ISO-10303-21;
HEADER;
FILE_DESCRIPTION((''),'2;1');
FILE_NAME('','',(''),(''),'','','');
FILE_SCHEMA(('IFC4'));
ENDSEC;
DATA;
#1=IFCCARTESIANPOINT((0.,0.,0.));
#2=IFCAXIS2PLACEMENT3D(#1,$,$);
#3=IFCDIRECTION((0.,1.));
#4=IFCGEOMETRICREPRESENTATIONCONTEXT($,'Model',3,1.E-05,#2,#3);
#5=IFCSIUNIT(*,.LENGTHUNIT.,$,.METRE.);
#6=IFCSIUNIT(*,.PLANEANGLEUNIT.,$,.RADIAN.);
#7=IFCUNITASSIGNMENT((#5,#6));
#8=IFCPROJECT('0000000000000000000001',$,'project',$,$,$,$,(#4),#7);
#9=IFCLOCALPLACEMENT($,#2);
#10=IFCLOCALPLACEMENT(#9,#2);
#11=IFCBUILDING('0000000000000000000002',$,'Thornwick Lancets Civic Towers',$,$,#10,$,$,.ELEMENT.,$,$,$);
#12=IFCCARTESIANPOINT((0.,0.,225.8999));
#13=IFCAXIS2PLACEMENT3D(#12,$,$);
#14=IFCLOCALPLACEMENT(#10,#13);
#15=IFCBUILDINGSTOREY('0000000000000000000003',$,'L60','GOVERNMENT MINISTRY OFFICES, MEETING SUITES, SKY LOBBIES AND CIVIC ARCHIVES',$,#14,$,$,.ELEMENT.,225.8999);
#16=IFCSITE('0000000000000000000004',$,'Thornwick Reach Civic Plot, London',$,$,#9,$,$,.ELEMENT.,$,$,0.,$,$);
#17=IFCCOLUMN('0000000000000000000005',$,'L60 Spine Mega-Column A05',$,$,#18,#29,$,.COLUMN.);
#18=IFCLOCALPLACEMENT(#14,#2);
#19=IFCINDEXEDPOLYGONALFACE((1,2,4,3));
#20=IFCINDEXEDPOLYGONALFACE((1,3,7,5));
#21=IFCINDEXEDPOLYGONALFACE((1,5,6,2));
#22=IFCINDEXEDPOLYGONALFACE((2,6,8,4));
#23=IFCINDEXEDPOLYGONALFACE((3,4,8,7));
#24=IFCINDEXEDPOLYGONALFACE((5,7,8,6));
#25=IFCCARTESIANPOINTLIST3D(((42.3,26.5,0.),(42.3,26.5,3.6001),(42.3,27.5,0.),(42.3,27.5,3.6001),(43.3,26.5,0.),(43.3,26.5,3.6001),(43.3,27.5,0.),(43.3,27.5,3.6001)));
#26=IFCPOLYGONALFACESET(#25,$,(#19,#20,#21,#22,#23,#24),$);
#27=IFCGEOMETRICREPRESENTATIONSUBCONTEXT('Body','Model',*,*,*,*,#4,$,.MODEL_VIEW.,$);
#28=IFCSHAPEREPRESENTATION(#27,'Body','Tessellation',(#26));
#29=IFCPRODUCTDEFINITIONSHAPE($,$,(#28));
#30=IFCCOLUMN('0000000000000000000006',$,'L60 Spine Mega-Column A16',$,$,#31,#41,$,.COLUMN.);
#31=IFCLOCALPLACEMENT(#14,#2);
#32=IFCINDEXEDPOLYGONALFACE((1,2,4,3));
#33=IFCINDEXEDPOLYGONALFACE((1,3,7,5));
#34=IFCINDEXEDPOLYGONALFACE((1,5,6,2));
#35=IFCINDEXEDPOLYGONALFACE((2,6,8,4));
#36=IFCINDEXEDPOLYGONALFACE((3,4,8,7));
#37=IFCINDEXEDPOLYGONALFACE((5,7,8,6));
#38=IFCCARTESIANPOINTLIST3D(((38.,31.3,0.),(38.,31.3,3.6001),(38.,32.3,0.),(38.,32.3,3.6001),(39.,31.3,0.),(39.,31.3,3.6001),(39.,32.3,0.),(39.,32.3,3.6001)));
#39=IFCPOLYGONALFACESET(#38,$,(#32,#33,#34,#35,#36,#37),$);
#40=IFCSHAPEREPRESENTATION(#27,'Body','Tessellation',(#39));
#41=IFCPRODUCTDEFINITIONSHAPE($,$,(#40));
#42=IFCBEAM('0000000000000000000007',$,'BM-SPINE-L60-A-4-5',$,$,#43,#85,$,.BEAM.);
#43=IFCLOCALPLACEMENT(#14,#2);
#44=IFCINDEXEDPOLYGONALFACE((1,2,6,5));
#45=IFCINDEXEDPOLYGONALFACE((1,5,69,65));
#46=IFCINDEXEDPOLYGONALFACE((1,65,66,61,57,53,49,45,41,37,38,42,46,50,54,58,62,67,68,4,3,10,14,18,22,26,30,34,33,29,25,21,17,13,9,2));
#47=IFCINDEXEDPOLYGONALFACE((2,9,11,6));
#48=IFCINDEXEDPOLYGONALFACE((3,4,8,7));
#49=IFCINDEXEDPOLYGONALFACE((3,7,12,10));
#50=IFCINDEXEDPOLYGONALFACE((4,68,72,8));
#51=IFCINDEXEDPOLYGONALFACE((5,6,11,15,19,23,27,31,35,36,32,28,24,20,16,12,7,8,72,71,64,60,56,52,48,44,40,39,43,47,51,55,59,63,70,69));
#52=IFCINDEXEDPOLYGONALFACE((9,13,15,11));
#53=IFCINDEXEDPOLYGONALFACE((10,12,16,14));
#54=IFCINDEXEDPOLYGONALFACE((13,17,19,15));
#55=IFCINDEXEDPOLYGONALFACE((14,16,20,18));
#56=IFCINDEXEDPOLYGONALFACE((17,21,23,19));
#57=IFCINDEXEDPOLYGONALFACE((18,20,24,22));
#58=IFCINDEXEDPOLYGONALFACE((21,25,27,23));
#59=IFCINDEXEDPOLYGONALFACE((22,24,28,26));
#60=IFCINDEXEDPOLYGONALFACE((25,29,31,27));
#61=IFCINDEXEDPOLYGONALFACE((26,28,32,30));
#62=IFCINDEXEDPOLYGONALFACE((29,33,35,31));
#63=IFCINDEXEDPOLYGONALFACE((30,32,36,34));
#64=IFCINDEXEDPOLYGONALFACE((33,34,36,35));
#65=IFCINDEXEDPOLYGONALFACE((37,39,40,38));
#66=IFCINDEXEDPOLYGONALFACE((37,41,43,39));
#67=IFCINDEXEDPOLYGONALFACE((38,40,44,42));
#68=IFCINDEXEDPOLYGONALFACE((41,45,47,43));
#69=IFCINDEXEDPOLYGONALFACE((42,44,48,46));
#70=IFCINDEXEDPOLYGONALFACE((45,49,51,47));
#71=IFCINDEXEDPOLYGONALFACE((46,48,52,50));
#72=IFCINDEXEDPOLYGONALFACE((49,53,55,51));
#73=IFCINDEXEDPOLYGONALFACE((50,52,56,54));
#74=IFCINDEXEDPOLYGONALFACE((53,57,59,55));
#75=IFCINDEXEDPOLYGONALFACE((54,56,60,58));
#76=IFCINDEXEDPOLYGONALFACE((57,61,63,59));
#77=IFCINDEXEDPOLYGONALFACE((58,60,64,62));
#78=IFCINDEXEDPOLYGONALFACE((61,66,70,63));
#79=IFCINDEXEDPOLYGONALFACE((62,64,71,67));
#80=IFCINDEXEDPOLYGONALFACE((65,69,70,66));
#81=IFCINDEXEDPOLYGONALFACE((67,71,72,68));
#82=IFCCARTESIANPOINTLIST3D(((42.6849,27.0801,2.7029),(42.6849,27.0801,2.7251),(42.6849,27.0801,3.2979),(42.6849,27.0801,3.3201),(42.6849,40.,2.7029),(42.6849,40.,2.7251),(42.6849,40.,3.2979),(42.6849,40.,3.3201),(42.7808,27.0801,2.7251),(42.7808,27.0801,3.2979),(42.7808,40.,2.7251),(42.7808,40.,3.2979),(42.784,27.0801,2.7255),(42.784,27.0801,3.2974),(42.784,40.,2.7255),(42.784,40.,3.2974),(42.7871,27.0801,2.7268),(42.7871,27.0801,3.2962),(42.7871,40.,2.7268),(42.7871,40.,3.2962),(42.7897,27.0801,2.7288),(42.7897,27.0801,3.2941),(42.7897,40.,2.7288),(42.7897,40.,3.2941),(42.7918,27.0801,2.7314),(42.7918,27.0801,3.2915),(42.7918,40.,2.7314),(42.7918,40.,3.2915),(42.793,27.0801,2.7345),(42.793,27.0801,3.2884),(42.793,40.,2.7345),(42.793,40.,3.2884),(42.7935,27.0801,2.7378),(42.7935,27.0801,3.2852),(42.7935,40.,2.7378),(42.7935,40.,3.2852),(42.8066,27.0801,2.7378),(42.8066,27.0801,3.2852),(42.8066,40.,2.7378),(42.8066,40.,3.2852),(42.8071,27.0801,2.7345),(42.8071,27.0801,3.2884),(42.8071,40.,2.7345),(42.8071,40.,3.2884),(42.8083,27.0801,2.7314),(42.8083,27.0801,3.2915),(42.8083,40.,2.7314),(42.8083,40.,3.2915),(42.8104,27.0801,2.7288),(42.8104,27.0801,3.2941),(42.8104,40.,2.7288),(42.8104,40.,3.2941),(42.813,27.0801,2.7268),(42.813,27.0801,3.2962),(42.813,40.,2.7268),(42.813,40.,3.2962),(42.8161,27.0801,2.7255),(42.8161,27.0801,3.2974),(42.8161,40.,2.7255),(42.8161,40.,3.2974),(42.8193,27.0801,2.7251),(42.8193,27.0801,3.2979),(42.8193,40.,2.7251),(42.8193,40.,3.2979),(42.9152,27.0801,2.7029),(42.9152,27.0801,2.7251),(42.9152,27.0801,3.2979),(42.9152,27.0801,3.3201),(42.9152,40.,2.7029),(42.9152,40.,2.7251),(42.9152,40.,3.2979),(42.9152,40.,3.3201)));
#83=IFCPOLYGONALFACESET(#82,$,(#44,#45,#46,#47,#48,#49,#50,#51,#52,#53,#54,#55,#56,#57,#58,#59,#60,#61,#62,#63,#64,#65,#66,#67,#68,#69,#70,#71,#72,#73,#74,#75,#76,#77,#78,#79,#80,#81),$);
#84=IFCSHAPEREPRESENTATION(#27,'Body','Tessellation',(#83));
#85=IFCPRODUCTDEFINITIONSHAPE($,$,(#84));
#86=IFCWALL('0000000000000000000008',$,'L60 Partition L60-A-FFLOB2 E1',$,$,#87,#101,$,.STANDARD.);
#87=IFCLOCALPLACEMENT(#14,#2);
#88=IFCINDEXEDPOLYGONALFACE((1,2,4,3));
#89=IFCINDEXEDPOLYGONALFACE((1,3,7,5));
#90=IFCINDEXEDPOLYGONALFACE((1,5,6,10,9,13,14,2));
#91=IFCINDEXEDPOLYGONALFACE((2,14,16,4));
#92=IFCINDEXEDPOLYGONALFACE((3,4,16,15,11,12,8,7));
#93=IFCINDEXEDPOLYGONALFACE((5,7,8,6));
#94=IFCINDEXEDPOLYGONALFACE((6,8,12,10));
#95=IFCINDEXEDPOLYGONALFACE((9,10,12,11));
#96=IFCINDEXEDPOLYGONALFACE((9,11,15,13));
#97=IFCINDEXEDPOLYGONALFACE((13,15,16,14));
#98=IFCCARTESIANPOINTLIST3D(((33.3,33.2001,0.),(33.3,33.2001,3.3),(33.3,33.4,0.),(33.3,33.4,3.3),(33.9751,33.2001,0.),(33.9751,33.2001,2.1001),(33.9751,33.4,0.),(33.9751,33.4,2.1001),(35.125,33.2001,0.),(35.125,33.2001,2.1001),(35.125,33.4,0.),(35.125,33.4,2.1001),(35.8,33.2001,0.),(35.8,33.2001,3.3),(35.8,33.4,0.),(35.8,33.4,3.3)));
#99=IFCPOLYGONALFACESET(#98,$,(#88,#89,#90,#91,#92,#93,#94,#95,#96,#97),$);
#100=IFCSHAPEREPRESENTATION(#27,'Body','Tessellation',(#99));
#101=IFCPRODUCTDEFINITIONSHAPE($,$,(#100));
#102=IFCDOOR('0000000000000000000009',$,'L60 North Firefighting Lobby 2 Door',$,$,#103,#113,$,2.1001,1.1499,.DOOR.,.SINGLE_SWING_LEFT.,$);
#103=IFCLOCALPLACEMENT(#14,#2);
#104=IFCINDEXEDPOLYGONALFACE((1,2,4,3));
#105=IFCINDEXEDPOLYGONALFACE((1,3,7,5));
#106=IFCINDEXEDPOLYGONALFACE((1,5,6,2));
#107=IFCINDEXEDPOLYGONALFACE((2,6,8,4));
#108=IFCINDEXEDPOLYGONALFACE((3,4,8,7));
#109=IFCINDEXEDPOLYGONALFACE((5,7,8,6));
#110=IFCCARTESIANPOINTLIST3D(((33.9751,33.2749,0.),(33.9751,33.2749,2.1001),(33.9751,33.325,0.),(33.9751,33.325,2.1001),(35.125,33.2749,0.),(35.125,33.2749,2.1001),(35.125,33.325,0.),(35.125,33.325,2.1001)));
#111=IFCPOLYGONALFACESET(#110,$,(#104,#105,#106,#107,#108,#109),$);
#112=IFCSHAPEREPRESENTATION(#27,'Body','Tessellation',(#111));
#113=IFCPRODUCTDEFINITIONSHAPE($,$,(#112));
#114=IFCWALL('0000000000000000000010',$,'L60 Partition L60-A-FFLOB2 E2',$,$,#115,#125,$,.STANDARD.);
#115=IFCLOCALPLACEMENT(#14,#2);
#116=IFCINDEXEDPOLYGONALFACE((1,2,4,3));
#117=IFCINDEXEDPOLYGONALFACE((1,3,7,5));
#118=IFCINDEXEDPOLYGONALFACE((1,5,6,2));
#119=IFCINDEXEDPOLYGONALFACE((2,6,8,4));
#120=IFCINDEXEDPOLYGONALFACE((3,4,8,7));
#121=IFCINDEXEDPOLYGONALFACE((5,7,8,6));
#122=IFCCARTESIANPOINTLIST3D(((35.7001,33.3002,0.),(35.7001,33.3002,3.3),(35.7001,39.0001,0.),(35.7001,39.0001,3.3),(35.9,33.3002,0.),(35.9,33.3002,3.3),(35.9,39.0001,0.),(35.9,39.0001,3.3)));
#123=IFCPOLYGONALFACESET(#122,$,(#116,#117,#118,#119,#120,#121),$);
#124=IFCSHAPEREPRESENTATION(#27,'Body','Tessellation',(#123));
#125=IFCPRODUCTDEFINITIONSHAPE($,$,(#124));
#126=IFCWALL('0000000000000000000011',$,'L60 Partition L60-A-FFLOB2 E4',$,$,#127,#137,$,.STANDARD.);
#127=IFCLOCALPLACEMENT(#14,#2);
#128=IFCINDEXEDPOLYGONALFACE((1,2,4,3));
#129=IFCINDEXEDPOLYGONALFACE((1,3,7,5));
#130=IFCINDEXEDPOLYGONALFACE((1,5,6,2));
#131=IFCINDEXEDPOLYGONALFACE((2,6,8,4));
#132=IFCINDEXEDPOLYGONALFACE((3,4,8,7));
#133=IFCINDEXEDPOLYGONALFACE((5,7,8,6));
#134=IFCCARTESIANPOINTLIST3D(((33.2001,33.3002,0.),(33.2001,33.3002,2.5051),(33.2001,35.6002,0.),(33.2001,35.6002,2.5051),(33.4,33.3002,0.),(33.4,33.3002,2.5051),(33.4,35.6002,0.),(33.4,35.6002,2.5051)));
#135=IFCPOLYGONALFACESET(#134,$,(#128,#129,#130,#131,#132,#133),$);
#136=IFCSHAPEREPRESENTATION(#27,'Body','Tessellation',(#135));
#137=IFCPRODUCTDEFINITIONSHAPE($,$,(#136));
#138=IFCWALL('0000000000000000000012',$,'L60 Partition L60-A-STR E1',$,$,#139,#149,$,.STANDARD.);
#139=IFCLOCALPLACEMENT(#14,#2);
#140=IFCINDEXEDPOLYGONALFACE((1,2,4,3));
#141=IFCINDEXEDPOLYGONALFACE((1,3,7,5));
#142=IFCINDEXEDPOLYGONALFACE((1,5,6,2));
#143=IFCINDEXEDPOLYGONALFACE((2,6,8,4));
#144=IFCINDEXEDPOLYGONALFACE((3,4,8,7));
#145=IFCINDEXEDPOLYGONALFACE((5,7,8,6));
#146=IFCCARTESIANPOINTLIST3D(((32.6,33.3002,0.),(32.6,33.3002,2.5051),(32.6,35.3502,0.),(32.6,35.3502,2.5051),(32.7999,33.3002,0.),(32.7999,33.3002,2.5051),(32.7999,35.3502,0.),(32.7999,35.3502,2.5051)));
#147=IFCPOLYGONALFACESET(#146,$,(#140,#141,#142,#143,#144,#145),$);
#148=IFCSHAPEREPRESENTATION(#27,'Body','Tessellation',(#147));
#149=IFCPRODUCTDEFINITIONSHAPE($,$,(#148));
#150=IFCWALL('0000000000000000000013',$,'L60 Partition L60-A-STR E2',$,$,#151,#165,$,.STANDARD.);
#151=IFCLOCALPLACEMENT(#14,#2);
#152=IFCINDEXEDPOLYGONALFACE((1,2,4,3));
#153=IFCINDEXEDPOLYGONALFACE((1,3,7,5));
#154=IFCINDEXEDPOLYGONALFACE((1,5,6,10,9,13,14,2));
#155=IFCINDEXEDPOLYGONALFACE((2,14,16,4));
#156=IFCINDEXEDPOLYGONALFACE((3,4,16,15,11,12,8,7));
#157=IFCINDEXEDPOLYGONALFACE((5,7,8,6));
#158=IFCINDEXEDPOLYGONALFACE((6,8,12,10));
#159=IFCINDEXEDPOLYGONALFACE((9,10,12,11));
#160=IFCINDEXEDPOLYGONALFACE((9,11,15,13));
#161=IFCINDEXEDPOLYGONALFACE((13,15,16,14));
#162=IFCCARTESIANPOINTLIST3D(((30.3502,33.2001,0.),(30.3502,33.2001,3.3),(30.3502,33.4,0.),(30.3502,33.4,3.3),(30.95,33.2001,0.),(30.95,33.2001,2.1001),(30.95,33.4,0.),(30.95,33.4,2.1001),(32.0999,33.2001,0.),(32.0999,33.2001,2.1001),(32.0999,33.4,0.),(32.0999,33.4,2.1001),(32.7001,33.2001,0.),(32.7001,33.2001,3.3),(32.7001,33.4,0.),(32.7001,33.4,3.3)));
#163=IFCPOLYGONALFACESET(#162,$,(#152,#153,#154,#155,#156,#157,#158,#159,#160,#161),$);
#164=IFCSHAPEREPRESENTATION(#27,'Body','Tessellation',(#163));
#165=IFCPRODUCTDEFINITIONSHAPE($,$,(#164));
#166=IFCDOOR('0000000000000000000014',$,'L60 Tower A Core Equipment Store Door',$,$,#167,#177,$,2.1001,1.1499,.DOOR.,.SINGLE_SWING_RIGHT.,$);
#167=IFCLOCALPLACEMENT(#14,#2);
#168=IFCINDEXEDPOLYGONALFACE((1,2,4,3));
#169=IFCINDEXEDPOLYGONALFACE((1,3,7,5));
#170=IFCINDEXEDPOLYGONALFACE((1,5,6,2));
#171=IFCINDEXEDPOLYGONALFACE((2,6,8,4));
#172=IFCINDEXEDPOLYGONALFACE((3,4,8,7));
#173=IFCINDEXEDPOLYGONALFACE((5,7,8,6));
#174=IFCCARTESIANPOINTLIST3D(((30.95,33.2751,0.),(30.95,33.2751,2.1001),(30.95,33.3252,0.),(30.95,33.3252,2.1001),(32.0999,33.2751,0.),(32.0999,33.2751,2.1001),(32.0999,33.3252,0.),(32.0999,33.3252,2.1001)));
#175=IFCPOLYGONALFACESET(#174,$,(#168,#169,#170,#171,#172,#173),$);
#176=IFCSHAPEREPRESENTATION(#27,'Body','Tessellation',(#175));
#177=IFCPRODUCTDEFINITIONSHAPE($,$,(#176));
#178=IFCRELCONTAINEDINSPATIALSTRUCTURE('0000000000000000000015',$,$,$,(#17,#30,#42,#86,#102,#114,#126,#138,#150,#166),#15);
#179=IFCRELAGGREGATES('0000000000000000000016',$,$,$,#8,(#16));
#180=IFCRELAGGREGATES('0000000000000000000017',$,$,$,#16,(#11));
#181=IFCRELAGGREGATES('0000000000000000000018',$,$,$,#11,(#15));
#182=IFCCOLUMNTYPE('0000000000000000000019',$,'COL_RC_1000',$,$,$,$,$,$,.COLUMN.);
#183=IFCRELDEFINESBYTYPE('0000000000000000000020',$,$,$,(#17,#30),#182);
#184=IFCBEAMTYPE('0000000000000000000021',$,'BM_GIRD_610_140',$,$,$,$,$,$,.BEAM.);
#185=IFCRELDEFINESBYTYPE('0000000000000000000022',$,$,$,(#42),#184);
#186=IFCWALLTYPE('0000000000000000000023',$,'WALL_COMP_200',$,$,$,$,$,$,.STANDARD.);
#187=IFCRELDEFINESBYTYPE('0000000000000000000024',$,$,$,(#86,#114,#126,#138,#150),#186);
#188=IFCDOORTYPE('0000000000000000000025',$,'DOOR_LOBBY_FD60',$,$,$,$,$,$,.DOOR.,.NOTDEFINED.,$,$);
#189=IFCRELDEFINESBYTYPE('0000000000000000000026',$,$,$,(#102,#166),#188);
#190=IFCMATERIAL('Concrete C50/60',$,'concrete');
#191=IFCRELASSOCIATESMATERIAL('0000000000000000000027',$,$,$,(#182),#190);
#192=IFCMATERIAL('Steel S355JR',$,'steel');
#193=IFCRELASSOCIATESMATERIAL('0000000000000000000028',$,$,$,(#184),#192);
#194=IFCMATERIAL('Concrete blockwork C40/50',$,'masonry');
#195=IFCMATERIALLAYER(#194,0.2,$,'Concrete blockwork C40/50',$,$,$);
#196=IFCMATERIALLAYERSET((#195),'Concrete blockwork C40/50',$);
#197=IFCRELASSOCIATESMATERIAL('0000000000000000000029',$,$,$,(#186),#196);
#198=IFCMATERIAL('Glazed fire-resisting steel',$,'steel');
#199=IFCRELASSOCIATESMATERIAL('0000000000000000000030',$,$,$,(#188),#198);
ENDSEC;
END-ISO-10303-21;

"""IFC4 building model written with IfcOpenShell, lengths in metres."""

from ifc_helpers import new_model, si_unit, direction, frame, frame_2d, origin, origin_2d, place, context, subcontext, project, spatial, rectangle, i_section, extrude, material, layer, layer_set, material_profile, profile_set, type_object, element, fill, save


model = new_model("IFC4")

# Units and contexts
model_context = context("Model", 3, precision=1e-05, world=origin(), true_north=direction((0.0, 1.0)))
body_context = subcontext(model_context, "Body", "Model", "MODEL_VIEW")
ifc_project = project(units=[si_unit("LENGTHUNIT", "METRE"), si_unit("PLANEANGLEUNIT", "RADIAN")], contexts=[model_context])

# Site, building, storey
site_placement = place(None, origin())
site = spatial("IfcSite", under=ifc_project, at=site_placement, Name="Thornwick Reach Civic Plot, London", CompositionType="ELEMENT", RefElevation=0.0)
building_placement = place(site_placement, origin())
building = spatial("IfcBuilding", under=site, at=building_placement, Name="Thornwick Lancets Civic Towers", CompositionType="ELEMENT")
storey_placement = place(building_placement, frame((0.0, 0.0, 225.8999)))
storey = spatial("IfcBuildingStorey", under=building, at=storey_placement, Name="L60", Description="GOVERNMENT MINISTRY OFFICES, MEETING SUITES, SKY LOBBIES AND CIVIC ARCHIVES", CompositionType="ELEMENT", Elevation=225.8999)

# Columns
ifc_material_1 = material(Name="Concrete C50/60", Category="concrete")
ifc_material_profile_1 = material_profile(ifc_material_1, rectangle(XDim=1.0, YDim=1.0, at=origin_2d()), Name="RC 1000x1000")
ifc_profile_set_1 = profile_set([ifc_material_profile_1], Name="Concrete C50/60")
column_type = type_object("IfcColumnType", Name="COL_RC_1000", PredefinedType="COLUMN", material=ifc_profile_set_1)
for number, where, z_axis, x_axis, name in (
    (1, (42.8, 27.0, 0.0), (0.0, 0.0, 1.0), (1.0, 0.0, 0.0), "L60 Spine Mega-Column A05"),
    (2, (38.5, 31.8, 0.0), (0.0, 0.0, 1.0), (1.0, 0.0, 0.0), "L60 Spine Mega-Column A16"),
):
    element("IfcColumn", number, at=place(storey_placement, frame(where, z_axis=z_axis, x_axis=x_axis)), inside=storey, type_object=column_type, Name=name, PredefinedType="COLUMN", context=body_context, shape_type="SweptSolid", body=[
        extrude(rectangle(XDim=1.0, YDim=1.0, at=origin_2d()), origin(), (0.0, 0.0, 1.0), 3.6001),
    ])

# Beam
ifc_material_2 = material(Name="Steel S355JR", Category="steel")
ifc_material_profile_2 = material_profile(ifc_material_2, i_section(OverallWidth=0.2302, OverallDepth=0.6172, WebThickness=0.0132, FlangeThickness=0.0222, FilletRadius=0.0127, at=origin_2d()), Name="UKB 610x229x140")
ifc_profile_set_2 = profile_set([ifc_material_profile_2], Name="Steel S355JR")
beam_type = type_object("IfcBeamType", Name="BM_GIRD_610_140", PredefinedType="BEAM", material=ifc_profile_set_2)
beam_placement = place(storey_placement, frame((42.8, 27.0801, 3.0115), z_axis=(0.0, 1.0, 0.0), x_axis=(-1.0, 0.0, 0.0)))
element("IfcBeam", 3, at=beam_placement, inside=storey, type_object=beam_type, Name="BM-SPINE-L60-A-4-5", PredefinedType="BEAM", context=body_context, shape_type="SweptSolid", body=[
    extrude(i_section(OverallWidth=0.2302, OverallDepth=0.6172, WebThickness=0.0132, FlangeThickness=0.0222, FilletRadius=0.0127, at=origin_2d()), origin(), (0.0, 0.0, 1.0), 12.9199),
])

# Wall, opening, door
ifc_material_3 = material(Name="Concrete blockwork C40/50", Category="masonry")
ifc_layer_1 = layer(ifc_material_3, 0.2, Name="Concrete blockwork C40/50")
ifc_layer_set_1 = layer_set([ifc_layer_1], Name="Concrete blockwork C40/50")
wall_type_1 = type_object("IfcWallType", Name="WALL_COMP_200", PredefinedType="STANDARD", material=ifc_layer_set_1)
wall_1_placement = place(storey_placement, frame((33.3, 33.3, 0.0), z_axis=(0.0, 0.0, 1.0), x_axis=(1.0, 0.0, 0.0)))
wall_1 = element("IfcWall", 4, at=wall_1_placement, inside=storey, type_object=wall_type_1, Name="L60 Partition L60-A-FFLOB2 E1", PredefinedType="STANDARD", context=body_context, shape_type="SweptSolid", body=[
    extrude(rectangle(XDim=2.5, YDim=0.2, at=frame_2d((1.25, 0.0))), origin(), (0.0, 0.0, 1.0), 3.3),
])
opening_1_placement = place(wall_1_placement, frame((0.675, 0.0, 0.0)))
opening_1 = element("IfcOpeningElement", 5, at=opening_1_placement, cuts=wall_1, PredefinedType="OPENING", context=body_context, shape_type="SweptSolid", body=[
    extrude(rectangle(XDim=1.1499, YDim=2.1001, at=frame_2d((0.575, 1.05))), frame((0.0, 0.1099, 0.0), z_axis=(0.0, -1.0, 0.0), x_axis=(1.0, 0.0, 0.0)), (0.0, 0.0, 1.0), 0.22),
])
ifc_material_4 = material(Name="Glazed fire-resisting steel", Category="steel")
door_type_1 = type_object("IfcDoorType", Name="DOOR_LOBBY_FD60", OperationType="NOTDEFINED", PredefinedType="DOOR", material=ifc_material_4)
door_1_placement = place(opening_1_placement, origin())
door_1 = element("IfcDoor", 6, at=door_1_placement, inside=storey, type_object=door_type_1, Name="L60 North Firefighting Lobby 2 Door", OperationType="SINGLE_SWING_LEFT", OverallHeight=2.1001, OverallWidth=1.1499, PredefinedType="DOOR", context=body_context, shape_type="SweptSolid", body=[
    extrude(rectangle(XDim=1.1499, YDim=2.1001, at=frame_2d((0.575, 1.05))), frame((0.0, 0.0249, 0.0), z_axis=(0.0, -1.0, 0.0), x_axis=(1.0, 0.0, 0.0)), (0.0, 0.0, 1.0), 0.05),
])
fill(opening_1, door_1)

# Walls
wall_2_placement = place(storey_placement, frame((35.8, 33.3, 0.0), z_axis=(0.0, 0.0, 1.0), x_axis=(0.0, 1.0, 0.0)))
element("IfcWall", 7, at=wall_2_placement, inside=storey, type_object=wall_type_1, Name="L60 Partition L60-A-FFLOB2 E2", PredefinedType="STANDARD", context=body_context, shape_type="SweptSolid", body=[
    extrude(rectangle(XDim=5.7, YDim=0.2, at=frame_2d((2.8501, 0.0))), origin(), (0.0, 0.0, 1.0), 3.3),
])
wall_3_placement = place(storey_placement, frame((33.3, 35.6001, 0.0), z_axis=(0.0, 0.0, 1.0), x_axis=(0.0, -1.0, 0.0)))
element("IfcWall", 8, at=wall_3_placement, inside=storey, type_object=wall_type_1, Name="L60 Partition L60-A-FFLOB2 E4", PredefinedType="STANDARD", context=body_context, shape_type="SweptSolid", body=[
    extrude(rectangle(XDim=2.3, YDim=0.2, at=frame_2d((1.1499, 0.0))), origin(), (0.0, 0.0, 1.0), 2.5051),
])
wall_4_placement = place(storey_placement, frame((32.7, 35.3501, 0.0), z_axis=(0.0, 0.0, 1.0), x_axis=(0.0, -1.0, 0.0)))
element("IfcWall", 9, at=wall_4_placement, inside=storey, type_object=wall_type_1, Name="L60 Partition L60-A-STR E1", PredefinedType="STANDARD", context=body_context, shape_type="SweptSolid", body=[
    extrude(rectangle(XDim=2.05, YDim=0.2, at=frame_2d((1.0249, 0.0))), origin(), (0.0, 0.0, 1.0), 2.5051),
])

# Wall, opening, door
wall_5_placement = place(storey_placement, frame((32.7, 33.3, 0.0), z_axis=(0.0, 0.0, 1.0), x_axis=(-1.0, 0.0, 0.0)))
wall_5 = element("IfcWall", 10, at=wall_5_placement, inside=storey, type_object=wall_type_1, Name="L60 Partition L60-A-STR E2", PredefinedType="STANDARD", context=body_context, shape_type="SweptSolid", body=[
    extrude(rectangle(XDim=2.3499, YDim=0.2, at=frame_2d((1.1748, 0.0))), origin(), (0.0, 0.0, 1.0), 3.3),
])
opening_2_placement = place(wall_5_placement, frame((0.6001, 0.0, 0.0)))
opening_2 = element("IfcOpeningElement", 11, at=opening_2_placement, cuts=wall_5, PredefinedType="OPENING", context=body_context, shape_type="SweptSolid", body=[
    extrude(rectangle(XDim=1.1499, YDim=2.1001, at=frame_2d((0.575, 1.05))), frame((0.0, 0.1099, 0.0), z_axis=(0.0, -1.0, 0.0), x_axis=(1.0, 0.0, 0.0)), (0.0, 0.0, 1.0), 0.22),
])
door_2_placement = place(opening_2_placement, origin())
door_2 = element("IfcDoor", 12, at=door_2_placement, inside=storey, type_object=door_type_1, Name="L60 Tower A Core Equipment Store Door", OperationType="SINGLE_SWING_RIGHT", OverallHeight=2.1001, OverallWidth=1.1499, PredefinedType="DOOR", context=body_context, shape_type="SweptSolid", body=[
    extrude(rectangle(XDim=1.1499, YDim=2.1001, at=frame_2d((0.575, 1.05))), frame((0.0, 0.0249, 0.0), z_axis=(0.0, -1.0, 0.0), x_axis=(1.0, 0.0, 0.0)), (0.0, 0.0, 1.0), 0.05),
])
fill(opening_2, door_2)

save(model, "model.ifc")
